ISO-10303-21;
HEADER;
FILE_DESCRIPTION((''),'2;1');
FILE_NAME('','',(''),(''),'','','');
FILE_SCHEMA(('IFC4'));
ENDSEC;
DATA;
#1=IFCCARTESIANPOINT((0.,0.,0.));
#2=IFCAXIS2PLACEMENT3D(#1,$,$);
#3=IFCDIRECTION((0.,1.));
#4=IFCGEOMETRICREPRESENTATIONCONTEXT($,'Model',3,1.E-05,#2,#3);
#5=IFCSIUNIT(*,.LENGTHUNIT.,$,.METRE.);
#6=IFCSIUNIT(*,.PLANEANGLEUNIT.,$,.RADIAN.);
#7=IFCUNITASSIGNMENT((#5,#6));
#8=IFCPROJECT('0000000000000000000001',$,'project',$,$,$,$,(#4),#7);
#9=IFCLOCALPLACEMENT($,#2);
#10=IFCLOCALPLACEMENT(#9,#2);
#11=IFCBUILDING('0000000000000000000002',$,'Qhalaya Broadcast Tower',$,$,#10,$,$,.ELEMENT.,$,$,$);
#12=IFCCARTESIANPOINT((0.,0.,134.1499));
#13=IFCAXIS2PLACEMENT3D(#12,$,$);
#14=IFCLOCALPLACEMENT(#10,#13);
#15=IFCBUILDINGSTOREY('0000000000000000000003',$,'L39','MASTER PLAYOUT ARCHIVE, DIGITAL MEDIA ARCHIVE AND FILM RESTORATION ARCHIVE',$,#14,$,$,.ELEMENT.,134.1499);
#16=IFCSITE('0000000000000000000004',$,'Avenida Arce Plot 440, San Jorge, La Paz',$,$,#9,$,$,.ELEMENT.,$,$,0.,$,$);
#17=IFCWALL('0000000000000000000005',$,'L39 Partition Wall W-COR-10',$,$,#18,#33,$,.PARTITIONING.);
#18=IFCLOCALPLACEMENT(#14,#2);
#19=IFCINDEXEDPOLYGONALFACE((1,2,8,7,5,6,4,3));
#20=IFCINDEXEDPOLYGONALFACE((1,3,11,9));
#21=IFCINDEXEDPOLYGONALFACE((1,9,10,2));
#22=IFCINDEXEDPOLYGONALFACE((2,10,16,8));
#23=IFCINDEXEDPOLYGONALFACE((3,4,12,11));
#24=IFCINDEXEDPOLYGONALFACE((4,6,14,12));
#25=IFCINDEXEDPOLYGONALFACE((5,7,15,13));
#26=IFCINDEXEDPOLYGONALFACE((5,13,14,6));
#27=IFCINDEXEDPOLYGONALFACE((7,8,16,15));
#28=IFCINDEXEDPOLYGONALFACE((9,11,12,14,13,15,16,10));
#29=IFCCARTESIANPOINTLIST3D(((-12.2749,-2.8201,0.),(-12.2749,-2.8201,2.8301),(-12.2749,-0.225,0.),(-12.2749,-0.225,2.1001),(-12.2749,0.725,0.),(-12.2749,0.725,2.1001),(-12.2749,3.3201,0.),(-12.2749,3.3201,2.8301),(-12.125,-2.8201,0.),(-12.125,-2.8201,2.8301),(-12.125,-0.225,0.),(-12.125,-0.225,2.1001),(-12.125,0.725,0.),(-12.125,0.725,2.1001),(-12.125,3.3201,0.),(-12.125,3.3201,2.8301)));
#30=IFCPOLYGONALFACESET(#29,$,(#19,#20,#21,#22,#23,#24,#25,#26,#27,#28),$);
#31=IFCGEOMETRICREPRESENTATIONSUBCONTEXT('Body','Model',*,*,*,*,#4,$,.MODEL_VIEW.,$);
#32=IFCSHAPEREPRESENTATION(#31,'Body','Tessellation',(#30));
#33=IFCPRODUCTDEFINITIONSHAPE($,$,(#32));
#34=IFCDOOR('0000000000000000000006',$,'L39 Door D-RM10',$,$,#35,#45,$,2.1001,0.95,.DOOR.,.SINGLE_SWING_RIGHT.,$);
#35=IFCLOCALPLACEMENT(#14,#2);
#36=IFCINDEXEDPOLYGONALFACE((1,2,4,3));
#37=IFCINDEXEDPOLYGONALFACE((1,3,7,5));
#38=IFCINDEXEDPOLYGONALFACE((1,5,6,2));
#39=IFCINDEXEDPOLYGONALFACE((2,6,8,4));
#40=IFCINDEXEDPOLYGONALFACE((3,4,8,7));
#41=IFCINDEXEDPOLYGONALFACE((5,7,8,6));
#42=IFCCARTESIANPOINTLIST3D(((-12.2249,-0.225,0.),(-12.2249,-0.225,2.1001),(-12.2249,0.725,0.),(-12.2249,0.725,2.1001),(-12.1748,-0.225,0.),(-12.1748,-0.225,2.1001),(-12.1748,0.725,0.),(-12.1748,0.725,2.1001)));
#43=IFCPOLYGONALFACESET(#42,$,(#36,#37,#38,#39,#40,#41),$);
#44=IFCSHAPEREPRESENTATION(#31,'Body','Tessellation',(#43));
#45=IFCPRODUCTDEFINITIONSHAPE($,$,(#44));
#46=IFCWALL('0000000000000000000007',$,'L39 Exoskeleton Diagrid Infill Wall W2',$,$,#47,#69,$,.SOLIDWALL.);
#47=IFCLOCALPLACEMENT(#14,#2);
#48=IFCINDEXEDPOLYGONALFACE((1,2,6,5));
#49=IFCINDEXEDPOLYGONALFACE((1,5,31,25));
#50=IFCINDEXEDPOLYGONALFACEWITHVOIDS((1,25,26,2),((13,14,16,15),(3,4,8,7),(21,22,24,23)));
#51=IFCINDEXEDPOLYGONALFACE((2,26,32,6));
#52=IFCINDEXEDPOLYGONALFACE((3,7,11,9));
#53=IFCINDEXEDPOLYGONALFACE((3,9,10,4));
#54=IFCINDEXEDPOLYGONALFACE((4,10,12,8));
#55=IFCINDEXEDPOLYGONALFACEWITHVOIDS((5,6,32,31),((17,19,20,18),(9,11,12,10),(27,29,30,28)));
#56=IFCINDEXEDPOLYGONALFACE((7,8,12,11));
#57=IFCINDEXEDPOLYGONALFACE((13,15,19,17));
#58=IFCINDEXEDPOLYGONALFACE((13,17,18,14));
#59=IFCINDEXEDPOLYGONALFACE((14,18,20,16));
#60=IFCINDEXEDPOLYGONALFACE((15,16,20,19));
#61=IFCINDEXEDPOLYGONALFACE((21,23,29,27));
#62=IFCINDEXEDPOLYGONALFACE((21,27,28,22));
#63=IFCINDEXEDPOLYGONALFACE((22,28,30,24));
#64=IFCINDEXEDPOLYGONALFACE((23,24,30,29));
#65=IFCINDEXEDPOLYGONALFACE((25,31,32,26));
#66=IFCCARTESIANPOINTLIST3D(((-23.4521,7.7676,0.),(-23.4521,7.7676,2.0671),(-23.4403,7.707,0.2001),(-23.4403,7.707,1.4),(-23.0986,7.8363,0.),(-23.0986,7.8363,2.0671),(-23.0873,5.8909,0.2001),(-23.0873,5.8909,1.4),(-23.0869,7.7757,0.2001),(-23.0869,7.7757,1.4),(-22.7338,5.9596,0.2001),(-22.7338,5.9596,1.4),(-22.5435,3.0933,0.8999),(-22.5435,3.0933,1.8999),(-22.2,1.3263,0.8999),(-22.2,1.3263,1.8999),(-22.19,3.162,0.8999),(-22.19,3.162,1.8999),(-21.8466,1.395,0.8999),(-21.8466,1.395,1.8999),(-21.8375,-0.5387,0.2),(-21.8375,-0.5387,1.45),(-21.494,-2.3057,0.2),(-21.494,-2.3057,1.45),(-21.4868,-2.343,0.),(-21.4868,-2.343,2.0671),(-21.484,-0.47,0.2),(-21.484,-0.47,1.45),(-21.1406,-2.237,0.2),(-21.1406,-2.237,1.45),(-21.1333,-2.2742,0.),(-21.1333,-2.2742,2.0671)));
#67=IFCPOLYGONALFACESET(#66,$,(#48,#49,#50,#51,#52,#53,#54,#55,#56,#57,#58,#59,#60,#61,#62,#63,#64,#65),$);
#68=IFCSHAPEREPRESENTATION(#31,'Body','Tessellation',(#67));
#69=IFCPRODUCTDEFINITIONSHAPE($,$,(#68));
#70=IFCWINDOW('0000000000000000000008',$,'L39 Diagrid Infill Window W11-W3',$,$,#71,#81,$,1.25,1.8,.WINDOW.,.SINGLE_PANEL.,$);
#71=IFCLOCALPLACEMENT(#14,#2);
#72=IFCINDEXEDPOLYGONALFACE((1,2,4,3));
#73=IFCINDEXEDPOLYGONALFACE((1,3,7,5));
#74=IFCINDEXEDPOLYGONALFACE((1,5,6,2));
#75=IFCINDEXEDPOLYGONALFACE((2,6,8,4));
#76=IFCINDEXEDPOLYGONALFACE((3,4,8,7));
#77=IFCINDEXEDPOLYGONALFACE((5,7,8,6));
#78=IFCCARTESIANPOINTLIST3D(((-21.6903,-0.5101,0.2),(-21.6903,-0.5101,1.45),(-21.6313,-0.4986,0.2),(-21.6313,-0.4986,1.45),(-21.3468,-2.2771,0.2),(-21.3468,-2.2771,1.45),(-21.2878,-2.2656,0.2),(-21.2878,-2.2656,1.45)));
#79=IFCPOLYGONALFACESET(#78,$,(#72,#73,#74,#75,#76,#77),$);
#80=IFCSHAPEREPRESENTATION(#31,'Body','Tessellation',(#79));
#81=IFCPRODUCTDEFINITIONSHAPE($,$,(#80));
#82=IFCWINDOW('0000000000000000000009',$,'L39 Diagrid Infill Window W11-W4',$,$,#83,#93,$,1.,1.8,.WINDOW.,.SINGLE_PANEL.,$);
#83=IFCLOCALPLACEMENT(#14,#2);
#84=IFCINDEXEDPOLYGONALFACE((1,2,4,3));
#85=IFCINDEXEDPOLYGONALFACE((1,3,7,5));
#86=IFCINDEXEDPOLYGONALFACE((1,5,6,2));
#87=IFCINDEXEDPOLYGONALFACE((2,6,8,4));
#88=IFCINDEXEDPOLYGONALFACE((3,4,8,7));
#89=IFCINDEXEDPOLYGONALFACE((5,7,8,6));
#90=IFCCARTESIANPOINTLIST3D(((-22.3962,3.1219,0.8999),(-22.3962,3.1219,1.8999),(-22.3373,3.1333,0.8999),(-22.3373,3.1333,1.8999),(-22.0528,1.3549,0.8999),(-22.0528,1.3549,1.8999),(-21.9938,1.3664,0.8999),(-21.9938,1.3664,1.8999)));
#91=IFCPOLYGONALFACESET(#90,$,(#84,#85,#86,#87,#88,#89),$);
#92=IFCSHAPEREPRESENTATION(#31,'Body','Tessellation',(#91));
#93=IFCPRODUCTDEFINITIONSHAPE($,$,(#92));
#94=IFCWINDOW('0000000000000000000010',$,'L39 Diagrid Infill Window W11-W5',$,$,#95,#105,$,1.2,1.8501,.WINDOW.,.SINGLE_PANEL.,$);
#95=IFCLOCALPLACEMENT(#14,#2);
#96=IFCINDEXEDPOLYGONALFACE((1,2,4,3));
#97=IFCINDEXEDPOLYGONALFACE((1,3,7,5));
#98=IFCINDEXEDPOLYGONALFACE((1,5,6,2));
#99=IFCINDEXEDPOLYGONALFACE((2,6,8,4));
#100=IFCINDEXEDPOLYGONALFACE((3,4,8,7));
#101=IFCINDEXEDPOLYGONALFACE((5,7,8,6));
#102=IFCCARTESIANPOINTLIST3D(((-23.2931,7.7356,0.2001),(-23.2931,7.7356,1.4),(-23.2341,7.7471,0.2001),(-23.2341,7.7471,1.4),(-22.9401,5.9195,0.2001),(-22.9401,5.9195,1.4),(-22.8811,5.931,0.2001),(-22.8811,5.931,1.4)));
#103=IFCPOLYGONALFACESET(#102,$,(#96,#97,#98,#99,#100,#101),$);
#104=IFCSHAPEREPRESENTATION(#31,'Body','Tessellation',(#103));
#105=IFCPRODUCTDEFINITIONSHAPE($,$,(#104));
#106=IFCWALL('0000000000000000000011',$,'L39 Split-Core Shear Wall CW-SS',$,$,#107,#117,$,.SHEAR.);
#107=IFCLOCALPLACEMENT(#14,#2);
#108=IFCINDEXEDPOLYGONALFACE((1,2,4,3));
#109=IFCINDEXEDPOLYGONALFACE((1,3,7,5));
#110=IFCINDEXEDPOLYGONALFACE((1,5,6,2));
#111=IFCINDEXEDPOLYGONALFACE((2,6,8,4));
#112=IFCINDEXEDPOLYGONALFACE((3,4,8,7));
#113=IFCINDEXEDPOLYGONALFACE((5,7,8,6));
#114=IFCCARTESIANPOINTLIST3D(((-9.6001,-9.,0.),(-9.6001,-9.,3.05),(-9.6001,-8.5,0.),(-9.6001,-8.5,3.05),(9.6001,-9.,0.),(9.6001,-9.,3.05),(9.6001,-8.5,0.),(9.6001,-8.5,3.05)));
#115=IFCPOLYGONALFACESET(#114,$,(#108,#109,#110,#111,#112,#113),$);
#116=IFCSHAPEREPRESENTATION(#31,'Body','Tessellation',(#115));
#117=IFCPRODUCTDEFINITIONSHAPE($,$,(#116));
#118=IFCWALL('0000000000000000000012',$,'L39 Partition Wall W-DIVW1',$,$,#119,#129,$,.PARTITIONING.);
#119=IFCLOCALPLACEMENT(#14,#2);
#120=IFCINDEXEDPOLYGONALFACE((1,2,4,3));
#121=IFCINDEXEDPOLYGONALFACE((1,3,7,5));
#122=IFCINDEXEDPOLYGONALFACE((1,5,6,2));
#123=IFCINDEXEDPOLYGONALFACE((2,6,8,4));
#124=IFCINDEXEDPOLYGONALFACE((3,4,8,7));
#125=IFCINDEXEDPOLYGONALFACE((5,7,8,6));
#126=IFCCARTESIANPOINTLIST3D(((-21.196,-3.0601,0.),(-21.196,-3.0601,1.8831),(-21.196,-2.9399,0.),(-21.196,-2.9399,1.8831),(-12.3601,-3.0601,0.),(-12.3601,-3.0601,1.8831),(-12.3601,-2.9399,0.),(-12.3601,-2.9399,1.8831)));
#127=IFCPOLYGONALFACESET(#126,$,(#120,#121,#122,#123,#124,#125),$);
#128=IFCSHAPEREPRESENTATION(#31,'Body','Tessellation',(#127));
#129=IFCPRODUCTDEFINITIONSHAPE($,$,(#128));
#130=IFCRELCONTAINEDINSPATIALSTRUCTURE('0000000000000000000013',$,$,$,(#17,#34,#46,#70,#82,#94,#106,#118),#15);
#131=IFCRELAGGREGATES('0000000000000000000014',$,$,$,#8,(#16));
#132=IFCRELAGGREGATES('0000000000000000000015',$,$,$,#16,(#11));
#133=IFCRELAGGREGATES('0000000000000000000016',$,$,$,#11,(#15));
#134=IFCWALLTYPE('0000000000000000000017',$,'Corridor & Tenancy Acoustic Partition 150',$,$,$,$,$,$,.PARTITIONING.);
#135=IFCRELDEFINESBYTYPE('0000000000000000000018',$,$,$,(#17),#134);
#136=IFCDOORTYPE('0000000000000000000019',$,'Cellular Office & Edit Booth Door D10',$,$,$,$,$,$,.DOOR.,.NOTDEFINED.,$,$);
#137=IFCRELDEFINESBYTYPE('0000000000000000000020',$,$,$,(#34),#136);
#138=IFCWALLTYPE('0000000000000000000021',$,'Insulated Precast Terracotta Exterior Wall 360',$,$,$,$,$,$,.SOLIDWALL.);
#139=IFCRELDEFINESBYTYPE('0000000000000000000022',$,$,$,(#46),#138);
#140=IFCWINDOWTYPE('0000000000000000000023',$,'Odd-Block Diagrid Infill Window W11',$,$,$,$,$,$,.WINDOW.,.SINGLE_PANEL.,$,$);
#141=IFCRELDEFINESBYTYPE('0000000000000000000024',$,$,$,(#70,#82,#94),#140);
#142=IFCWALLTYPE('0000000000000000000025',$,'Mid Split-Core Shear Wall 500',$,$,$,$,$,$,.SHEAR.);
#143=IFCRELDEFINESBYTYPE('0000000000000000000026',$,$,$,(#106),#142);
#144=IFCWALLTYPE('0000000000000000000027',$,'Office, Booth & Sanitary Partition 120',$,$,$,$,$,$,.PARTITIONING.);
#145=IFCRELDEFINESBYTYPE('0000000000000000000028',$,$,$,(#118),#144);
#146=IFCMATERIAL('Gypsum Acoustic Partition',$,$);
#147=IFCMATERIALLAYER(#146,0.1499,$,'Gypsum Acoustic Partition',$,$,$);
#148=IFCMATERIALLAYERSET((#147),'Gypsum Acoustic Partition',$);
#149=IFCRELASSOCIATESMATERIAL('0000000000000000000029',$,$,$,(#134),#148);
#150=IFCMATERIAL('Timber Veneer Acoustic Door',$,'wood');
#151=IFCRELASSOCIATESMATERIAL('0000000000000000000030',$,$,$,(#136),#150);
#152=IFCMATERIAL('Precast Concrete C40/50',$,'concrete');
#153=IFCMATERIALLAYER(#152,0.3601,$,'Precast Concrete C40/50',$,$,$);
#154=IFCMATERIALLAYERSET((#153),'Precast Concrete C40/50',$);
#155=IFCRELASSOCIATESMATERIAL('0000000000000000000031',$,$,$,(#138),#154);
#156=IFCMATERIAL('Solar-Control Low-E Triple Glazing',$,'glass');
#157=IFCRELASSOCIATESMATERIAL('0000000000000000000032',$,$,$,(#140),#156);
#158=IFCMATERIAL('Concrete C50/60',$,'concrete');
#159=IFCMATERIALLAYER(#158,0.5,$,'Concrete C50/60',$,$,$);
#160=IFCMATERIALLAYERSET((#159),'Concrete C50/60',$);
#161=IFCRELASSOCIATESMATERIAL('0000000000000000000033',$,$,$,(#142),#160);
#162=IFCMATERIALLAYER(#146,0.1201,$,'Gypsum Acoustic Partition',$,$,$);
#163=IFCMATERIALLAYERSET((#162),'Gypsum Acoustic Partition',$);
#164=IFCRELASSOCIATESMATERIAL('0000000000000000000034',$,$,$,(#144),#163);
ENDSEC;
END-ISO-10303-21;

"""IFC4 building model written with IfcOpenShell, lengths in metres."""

from ifc_helpers import new_model, si_unit, direction, frame, frame_2d, origin, place, context, subcontext, project, spatial, rectangle, extrude, material, layer, layer_set, type_object, element, fill, save


model = new_model("IFC4")

# Units and contexts
model_context = context("Model", 3, precision=1e-05, world=origin(), true_north=direction((0.0, 1.0)))
body_context = subcontext(model_context, "Body", "Model", "MODEL_VIEW")
ifc_project = project(units=[si_unit("LENGTHUNIT", "METRE"), si_unit("PLANEANGLEUNIT", "RADIAN")], contexts=[model_context])

# Site, building, storey
site_placement = place(None, origin())
site = spatial("IfcSite", under=ifc_project, at=site_placement, Name="Avenida Arce Plot 440, San Jorge, La Paz", CompositionType="ELEMENT", RefElevation=0.0)
building_placement = place(site_placement, origin())
building = spatial("IfcBuilding", under=site, at=building_placement, Name="Qhalaya Broadcast Tower", CompositionType="ELEMENT")
storey_placement = place(building_placement, frame((0.0, 0.0, 134.1499)))
storey = spatial("IfcBuildingStorey", under=building, at=storey_placement, Name="L39", Description="MASTER PLAYOUT ARCHIVE, DIGITAL MEDIA ARCHIVE AND FILM RESTORATION ARCHIVE", CompositionType="ELEMENT", Elevation=134.1499)

# Wall, opening, door
ifc_material_1 = material(Name="Gypsum Acoustic Partition")
ifc_layer_1 = layer(ifc_material_1, 0.1499, Name="Gypsum Acoustic Partition")
ifc_layer_set_1 = layer_set([ifc_layer_1], Name="Gypsum Acoustic Partition")
wall_type_1 = type_object("IfcWallType", Name="Corridor & Tenancy Acoustic Partition 150", PredefinedType="PARTITIONING", material=ifc_layer_set_1)
wall_1_placement = place(storey_placement, frame((-12.2, -2.8201, 0.0), z_axis=(0.0, 0.0, 1.0), x_axis=(0.0, 1.0, 0.0)))
wall_1 = element("IfcWall", 1, at=wall_1_placement, inside=storey, type_object=wall_type_1, Name="L39 Partition Wall W-COR-10", PredefinedType="PARTITIONING", context=body_context, shape_type="SweptSolid", body=[
    extrude(rectangle(XDim=6.1401, YDim=0.1499, at=frame_2d((3.0701, 0.0))), origin(), (0.0, 0.0, 1.0), 2.8301),
])
opening_1_placement = place(wall_1_placement, frame((2.595, 0.0, 0.0)))
opening_1 = element("IfcOpeningElement", 2, at=opening_1_placement, cuts=wall_1, PredefinedType="OPENING", context=body_context, shape_type="SweptSolid", body=[
    extrude(rectangle(XDim=0.95, YDim=2.1001, at=frame_2d((0.4751, 1.05))), frame((0.0, 0.0869, 0.0), z_axis=(0.0, -1.0, 0.0), x_axis=(1.0, 0.0, 0.0)), (0.0, 0.0, 1.0), 0.1738),
])
ifc_material_2 = material(Name="Timber Veneer Acoustic Door", Category="wood")
door_type_1 = type_object("IfcDoorType", Name="Cellular Office & Edit Booth Door D10", OperationType="NOTDEFINED", PredefinedType="DOOR", material=ifc_material_2)
door_1_placement = place(opening_1_placement, origin())
door_1 = element("IfcDoor", 3, at=door_1_placement, inside=storey, type_object=door_type_1, Name="L39 Door D-RM10", OperationType="SINGLE_SWING_RIGHT", OverallHeight=2.1001, OverallWidth=0.95, PredefinedType="DOOR", context=body_context, shape_type="SweptSolid", body=[
    extrude(rectangle(XDim=0.95, YDim=2.1001, at=frame_2d((0.4751, 1.05))), frame((0.0, 0.0249, 0.0), z_axis=(0.0, -1.0, 0.0), x_axis=(1.0, 0.0, 0.0)), (0.0, 0.0, 1.0), 0.05),
])
fill(opening_1, door_1)

# Wall, openings, windows
ifc_material_3 = material(Name="Precast Concrete C40/50", Category="concrete")
ifc_layer_2 = layer(ifc_material_3, 0.3601, Name="Precast Concrete C40/50")
ifc_layer_set_2 = layer_set([ifc_layer_2], Name="Precast Concrete C40/50")
wall_type_2 = type_object("IfcWallType", Name="Insulated Precast Terracotta Exterior Wall 360", PredefinedType="SOLIDWALL", material=ifc_layer_set_2)
wall_2_placement = place(storey_placement, frame((-21.3101, -2.3086, 0.0), z_axis=(0.0, 0.0, 1.0), x_axis=(-0.190812, 0.981627, 0.0)))
wall_2 = element("IfcWall", 4, at=wall_2_placement, inside=storey, type_object=wall_type_2, Name="L39 Exoskeleton Diagrid Infill Wall W2", PredefinedType="SOLIDWALL", context=body_context, shape_type="SweptSolid", body=[
    extrude(rectangle(XDim=10.2998, YDim=0.3601, at=frame_2d((5.1499, 0.0))), origin(), (0.0, 0.0, 1.0), 2.0671),
])
opening_2_placement = place(wall_2_placement, frame((0.0381, 0.0, 0.2)))
opening_2 = element("IfcOpeningElement", 5, at=opening_2_placement, cuts=wall_2, PredefinedType="OPENING", context=body_context, shape_type="SweptSolid", body=[
    extrude(rectangle(XDim=1.8, YDim=1.25, at=frame_2d((0.8999, 0.625))), frame((0.0, 0.1921, 0.0), z_axis=(0.0, -1.0, 0.0), x_axis=(1.0, 0.0, 0.0)), (0.0, 0.0, 1.0), 0.384),
])
opening_3_placement = place(wall_2_placement, frame((3.738, 0.0, 0.8999)))
opening_3 = element("IfcOpeningElement", 6, at=opening_3_placement, cuts=wall_2, PredefinedType="OPENING", context=body_context, shape_type="SweptSolid", body=[
    extrude(rectangle(XDim=1.8, YDim=1.0, at=frame_2d((0.8999, 0.5))), frame((0.0, 0.1921, 0.0), z_axis=(0.0, -1.0, 0.0), x_axis=(1.0, 0.0, 0.0)), (0.0, 0.0, 1.0), 0.384),
])
opening_4_placement = place(wall_2_placement, frame((8.3879, 0.0, 0.2)))
opening_4 = element("IfcOpeningElement", 7, at=opening_4_placement, cuts=wall_2, PredefinedType="OPENING", context=body_context, shape_type="SweptSolid", body=[
    extrude(rectangle(XDim=1.8501, YDim=1.2, at=frame_2d((0.925, 0.6001))), frame((0.0, 0.1921, 0.0), z_axis=(0.0, -1.0, 0.0), x_axis=(1.0, 0.0, 0.0)), (0.0, 0.0, 1.0), 0.384),
])
ifc_material_4 = material(Name="Solar-Control Low-E Triple Glazing", Category="glass")
window_type = type_object("IfcWindowType", Name="Odd-Block Diagrid Infill Window W11", PartitioningType="SINGLE_PANEL", PredefinedType="WINDOW", material=ifc_material_4)
window_1_placement = place(opening_2_placement, origin())
window_1 = element("IfcWindow", 8, at=window_1_placement, inside=storey, type_object=window_type, Name="L39 Diagrid Infill Window W11-W3", OverallHeight=1.25, OverallWidth=1.8, PartitioningType="SINGLE_PANEL", PredefinedType="WINDOW", context=body_context, shape_type="SweptSolid", body=[
    extrude(rectangle(XDim=1.8, YDim=1.25, at=frame_2d((0.8999, 0.625))), frame((0.0, 0.03, 0.0), z_axis=(0.0, -1.0, 0.0), x_axis=(1.0, 0.0, 0.0)), (0.0, 0.0, 1.0), 0.0601),
])
fill(opening_2, window_1)
window_2_placement = place(opening_3_placement, origin())
window_2 = element("IfcWindow", 9, at=window_2_placement, inside=storey, type_object=window_type, Name="L39 Diagrid Infill Window W11-W4", OverallHeight=1.0, OverallWidth=1.8, PartitioningType="SINGLE_PANEL", PredefinedType="WINDOW", context=body_context, shape_type="SweptSolid", body=[
    extrude(rectangle(XDim=1.8, YDim=1.0, at=frame_2d((0.8999, 0.5))), frame((0.0, 0.03, 0.0), z_axis=(0.0, -1.0, 0.0), x_axis=(1.0, 0.0, 0.0)), (0.0, 0.0, 1.0), 0.0601),
])
fill(opening_3, window_2)
window_3_placement = place(opening_4_placement, origin())
window_3 = element("IfcWindow", 10, at=window_3_placement, inside=storey, type_object=window_type, Name="L39 Diagrid Infill Window W11-W5", OverallHeight=1.2, OverallWidth=1.8501, PartitioningType="SINGLE_PANEL", PredefinedType="WINDOW", context=body_context, shape_type="SweptSolid", body=[
    extrude(rectangle(XDim=1.8501, YDim=1.2, at=frame_2d((0.925, 0.6001))), frame((0.0, 0.03, 0.0), z_axis=(0.0, -1.0, 0.0), x_axis=(1.0, 0.0, 0.0)), (0.0, 0.0, 1.0), 0.0601),
])
fill(opening_4, window_3)

# Wall
ifc_material_5 = material(Name="Concrete C50/60", Category="concrete")
ifc_layer_3 = layer(ifc_material_5, 0.5, Name="Concrete C50/60")
ifc_layer_set_3 = layer_set([ifc_layer_3], Name="Concrete C50/60")
wall_type_3 = type_object("IfcWallType", Name="Mid Split-Core Shear Wall 500", PredefinedType="SHEAR", material=ifc_layer_set_3)
wall_3_placement = place(storey_placement, frame((-9.6001, -8.75, 0.0), z_axis=(0.0, 0.0, 1.0), x_axis=(1.0, 0.0, 0.0)))
element("IfcWall", 11, at=wall_3_placement, inside=storey, type_object=wall_type_3, Name="L39 Split-Core Shear Wall CW-SS", PredefinedType="SHEAR", context=body_context, shape_type="SweptSolid", body=[
    extrude(rectangle(XDim=19.2002, YDim=0.5, at=frame_2d((9.6001, 0.0))), origin(), (0.0, 0.0, 1.0), 3.05),
])

# Wall
ifc_layer_4 = layer(ifc_material_1, 0.1201, Name="Gypsum Acoustic Partition")
ifc_layer_set_4 = layer_set([ifc_layer_4], Name="Gypsum Acoustic Partition")
wall_type_4 = type_object("IfcWallType", Name="Office, Booth & Sanitary Partition 120", PredefinedType="PARTITIONING", material=ifc_layer_set_4)
wall_4_placement = place(storey_placement, frame((-21.196, -3.0, 0.0), z_axis=(0.0, 0.0, 1.0), x_axis=(1.0, 0.0, 0.0)))
element("IfcWall", 12, at=wall_4_placement, inside=storey, type_object=wall_type_4, Name="L39 Partition Wall W-DIVW1", PredefinedType="PARTITIONING", context=body_context, shape_type="SweptSolid", body=[
    extrude(rectangle(XDim=8.8359, YDim=0.1201, at=frame_2d((4.418, 0.0))), origin(), (0.0, 0.0, 1.0), 1.8831),
])

save(model, "model.ifc")
